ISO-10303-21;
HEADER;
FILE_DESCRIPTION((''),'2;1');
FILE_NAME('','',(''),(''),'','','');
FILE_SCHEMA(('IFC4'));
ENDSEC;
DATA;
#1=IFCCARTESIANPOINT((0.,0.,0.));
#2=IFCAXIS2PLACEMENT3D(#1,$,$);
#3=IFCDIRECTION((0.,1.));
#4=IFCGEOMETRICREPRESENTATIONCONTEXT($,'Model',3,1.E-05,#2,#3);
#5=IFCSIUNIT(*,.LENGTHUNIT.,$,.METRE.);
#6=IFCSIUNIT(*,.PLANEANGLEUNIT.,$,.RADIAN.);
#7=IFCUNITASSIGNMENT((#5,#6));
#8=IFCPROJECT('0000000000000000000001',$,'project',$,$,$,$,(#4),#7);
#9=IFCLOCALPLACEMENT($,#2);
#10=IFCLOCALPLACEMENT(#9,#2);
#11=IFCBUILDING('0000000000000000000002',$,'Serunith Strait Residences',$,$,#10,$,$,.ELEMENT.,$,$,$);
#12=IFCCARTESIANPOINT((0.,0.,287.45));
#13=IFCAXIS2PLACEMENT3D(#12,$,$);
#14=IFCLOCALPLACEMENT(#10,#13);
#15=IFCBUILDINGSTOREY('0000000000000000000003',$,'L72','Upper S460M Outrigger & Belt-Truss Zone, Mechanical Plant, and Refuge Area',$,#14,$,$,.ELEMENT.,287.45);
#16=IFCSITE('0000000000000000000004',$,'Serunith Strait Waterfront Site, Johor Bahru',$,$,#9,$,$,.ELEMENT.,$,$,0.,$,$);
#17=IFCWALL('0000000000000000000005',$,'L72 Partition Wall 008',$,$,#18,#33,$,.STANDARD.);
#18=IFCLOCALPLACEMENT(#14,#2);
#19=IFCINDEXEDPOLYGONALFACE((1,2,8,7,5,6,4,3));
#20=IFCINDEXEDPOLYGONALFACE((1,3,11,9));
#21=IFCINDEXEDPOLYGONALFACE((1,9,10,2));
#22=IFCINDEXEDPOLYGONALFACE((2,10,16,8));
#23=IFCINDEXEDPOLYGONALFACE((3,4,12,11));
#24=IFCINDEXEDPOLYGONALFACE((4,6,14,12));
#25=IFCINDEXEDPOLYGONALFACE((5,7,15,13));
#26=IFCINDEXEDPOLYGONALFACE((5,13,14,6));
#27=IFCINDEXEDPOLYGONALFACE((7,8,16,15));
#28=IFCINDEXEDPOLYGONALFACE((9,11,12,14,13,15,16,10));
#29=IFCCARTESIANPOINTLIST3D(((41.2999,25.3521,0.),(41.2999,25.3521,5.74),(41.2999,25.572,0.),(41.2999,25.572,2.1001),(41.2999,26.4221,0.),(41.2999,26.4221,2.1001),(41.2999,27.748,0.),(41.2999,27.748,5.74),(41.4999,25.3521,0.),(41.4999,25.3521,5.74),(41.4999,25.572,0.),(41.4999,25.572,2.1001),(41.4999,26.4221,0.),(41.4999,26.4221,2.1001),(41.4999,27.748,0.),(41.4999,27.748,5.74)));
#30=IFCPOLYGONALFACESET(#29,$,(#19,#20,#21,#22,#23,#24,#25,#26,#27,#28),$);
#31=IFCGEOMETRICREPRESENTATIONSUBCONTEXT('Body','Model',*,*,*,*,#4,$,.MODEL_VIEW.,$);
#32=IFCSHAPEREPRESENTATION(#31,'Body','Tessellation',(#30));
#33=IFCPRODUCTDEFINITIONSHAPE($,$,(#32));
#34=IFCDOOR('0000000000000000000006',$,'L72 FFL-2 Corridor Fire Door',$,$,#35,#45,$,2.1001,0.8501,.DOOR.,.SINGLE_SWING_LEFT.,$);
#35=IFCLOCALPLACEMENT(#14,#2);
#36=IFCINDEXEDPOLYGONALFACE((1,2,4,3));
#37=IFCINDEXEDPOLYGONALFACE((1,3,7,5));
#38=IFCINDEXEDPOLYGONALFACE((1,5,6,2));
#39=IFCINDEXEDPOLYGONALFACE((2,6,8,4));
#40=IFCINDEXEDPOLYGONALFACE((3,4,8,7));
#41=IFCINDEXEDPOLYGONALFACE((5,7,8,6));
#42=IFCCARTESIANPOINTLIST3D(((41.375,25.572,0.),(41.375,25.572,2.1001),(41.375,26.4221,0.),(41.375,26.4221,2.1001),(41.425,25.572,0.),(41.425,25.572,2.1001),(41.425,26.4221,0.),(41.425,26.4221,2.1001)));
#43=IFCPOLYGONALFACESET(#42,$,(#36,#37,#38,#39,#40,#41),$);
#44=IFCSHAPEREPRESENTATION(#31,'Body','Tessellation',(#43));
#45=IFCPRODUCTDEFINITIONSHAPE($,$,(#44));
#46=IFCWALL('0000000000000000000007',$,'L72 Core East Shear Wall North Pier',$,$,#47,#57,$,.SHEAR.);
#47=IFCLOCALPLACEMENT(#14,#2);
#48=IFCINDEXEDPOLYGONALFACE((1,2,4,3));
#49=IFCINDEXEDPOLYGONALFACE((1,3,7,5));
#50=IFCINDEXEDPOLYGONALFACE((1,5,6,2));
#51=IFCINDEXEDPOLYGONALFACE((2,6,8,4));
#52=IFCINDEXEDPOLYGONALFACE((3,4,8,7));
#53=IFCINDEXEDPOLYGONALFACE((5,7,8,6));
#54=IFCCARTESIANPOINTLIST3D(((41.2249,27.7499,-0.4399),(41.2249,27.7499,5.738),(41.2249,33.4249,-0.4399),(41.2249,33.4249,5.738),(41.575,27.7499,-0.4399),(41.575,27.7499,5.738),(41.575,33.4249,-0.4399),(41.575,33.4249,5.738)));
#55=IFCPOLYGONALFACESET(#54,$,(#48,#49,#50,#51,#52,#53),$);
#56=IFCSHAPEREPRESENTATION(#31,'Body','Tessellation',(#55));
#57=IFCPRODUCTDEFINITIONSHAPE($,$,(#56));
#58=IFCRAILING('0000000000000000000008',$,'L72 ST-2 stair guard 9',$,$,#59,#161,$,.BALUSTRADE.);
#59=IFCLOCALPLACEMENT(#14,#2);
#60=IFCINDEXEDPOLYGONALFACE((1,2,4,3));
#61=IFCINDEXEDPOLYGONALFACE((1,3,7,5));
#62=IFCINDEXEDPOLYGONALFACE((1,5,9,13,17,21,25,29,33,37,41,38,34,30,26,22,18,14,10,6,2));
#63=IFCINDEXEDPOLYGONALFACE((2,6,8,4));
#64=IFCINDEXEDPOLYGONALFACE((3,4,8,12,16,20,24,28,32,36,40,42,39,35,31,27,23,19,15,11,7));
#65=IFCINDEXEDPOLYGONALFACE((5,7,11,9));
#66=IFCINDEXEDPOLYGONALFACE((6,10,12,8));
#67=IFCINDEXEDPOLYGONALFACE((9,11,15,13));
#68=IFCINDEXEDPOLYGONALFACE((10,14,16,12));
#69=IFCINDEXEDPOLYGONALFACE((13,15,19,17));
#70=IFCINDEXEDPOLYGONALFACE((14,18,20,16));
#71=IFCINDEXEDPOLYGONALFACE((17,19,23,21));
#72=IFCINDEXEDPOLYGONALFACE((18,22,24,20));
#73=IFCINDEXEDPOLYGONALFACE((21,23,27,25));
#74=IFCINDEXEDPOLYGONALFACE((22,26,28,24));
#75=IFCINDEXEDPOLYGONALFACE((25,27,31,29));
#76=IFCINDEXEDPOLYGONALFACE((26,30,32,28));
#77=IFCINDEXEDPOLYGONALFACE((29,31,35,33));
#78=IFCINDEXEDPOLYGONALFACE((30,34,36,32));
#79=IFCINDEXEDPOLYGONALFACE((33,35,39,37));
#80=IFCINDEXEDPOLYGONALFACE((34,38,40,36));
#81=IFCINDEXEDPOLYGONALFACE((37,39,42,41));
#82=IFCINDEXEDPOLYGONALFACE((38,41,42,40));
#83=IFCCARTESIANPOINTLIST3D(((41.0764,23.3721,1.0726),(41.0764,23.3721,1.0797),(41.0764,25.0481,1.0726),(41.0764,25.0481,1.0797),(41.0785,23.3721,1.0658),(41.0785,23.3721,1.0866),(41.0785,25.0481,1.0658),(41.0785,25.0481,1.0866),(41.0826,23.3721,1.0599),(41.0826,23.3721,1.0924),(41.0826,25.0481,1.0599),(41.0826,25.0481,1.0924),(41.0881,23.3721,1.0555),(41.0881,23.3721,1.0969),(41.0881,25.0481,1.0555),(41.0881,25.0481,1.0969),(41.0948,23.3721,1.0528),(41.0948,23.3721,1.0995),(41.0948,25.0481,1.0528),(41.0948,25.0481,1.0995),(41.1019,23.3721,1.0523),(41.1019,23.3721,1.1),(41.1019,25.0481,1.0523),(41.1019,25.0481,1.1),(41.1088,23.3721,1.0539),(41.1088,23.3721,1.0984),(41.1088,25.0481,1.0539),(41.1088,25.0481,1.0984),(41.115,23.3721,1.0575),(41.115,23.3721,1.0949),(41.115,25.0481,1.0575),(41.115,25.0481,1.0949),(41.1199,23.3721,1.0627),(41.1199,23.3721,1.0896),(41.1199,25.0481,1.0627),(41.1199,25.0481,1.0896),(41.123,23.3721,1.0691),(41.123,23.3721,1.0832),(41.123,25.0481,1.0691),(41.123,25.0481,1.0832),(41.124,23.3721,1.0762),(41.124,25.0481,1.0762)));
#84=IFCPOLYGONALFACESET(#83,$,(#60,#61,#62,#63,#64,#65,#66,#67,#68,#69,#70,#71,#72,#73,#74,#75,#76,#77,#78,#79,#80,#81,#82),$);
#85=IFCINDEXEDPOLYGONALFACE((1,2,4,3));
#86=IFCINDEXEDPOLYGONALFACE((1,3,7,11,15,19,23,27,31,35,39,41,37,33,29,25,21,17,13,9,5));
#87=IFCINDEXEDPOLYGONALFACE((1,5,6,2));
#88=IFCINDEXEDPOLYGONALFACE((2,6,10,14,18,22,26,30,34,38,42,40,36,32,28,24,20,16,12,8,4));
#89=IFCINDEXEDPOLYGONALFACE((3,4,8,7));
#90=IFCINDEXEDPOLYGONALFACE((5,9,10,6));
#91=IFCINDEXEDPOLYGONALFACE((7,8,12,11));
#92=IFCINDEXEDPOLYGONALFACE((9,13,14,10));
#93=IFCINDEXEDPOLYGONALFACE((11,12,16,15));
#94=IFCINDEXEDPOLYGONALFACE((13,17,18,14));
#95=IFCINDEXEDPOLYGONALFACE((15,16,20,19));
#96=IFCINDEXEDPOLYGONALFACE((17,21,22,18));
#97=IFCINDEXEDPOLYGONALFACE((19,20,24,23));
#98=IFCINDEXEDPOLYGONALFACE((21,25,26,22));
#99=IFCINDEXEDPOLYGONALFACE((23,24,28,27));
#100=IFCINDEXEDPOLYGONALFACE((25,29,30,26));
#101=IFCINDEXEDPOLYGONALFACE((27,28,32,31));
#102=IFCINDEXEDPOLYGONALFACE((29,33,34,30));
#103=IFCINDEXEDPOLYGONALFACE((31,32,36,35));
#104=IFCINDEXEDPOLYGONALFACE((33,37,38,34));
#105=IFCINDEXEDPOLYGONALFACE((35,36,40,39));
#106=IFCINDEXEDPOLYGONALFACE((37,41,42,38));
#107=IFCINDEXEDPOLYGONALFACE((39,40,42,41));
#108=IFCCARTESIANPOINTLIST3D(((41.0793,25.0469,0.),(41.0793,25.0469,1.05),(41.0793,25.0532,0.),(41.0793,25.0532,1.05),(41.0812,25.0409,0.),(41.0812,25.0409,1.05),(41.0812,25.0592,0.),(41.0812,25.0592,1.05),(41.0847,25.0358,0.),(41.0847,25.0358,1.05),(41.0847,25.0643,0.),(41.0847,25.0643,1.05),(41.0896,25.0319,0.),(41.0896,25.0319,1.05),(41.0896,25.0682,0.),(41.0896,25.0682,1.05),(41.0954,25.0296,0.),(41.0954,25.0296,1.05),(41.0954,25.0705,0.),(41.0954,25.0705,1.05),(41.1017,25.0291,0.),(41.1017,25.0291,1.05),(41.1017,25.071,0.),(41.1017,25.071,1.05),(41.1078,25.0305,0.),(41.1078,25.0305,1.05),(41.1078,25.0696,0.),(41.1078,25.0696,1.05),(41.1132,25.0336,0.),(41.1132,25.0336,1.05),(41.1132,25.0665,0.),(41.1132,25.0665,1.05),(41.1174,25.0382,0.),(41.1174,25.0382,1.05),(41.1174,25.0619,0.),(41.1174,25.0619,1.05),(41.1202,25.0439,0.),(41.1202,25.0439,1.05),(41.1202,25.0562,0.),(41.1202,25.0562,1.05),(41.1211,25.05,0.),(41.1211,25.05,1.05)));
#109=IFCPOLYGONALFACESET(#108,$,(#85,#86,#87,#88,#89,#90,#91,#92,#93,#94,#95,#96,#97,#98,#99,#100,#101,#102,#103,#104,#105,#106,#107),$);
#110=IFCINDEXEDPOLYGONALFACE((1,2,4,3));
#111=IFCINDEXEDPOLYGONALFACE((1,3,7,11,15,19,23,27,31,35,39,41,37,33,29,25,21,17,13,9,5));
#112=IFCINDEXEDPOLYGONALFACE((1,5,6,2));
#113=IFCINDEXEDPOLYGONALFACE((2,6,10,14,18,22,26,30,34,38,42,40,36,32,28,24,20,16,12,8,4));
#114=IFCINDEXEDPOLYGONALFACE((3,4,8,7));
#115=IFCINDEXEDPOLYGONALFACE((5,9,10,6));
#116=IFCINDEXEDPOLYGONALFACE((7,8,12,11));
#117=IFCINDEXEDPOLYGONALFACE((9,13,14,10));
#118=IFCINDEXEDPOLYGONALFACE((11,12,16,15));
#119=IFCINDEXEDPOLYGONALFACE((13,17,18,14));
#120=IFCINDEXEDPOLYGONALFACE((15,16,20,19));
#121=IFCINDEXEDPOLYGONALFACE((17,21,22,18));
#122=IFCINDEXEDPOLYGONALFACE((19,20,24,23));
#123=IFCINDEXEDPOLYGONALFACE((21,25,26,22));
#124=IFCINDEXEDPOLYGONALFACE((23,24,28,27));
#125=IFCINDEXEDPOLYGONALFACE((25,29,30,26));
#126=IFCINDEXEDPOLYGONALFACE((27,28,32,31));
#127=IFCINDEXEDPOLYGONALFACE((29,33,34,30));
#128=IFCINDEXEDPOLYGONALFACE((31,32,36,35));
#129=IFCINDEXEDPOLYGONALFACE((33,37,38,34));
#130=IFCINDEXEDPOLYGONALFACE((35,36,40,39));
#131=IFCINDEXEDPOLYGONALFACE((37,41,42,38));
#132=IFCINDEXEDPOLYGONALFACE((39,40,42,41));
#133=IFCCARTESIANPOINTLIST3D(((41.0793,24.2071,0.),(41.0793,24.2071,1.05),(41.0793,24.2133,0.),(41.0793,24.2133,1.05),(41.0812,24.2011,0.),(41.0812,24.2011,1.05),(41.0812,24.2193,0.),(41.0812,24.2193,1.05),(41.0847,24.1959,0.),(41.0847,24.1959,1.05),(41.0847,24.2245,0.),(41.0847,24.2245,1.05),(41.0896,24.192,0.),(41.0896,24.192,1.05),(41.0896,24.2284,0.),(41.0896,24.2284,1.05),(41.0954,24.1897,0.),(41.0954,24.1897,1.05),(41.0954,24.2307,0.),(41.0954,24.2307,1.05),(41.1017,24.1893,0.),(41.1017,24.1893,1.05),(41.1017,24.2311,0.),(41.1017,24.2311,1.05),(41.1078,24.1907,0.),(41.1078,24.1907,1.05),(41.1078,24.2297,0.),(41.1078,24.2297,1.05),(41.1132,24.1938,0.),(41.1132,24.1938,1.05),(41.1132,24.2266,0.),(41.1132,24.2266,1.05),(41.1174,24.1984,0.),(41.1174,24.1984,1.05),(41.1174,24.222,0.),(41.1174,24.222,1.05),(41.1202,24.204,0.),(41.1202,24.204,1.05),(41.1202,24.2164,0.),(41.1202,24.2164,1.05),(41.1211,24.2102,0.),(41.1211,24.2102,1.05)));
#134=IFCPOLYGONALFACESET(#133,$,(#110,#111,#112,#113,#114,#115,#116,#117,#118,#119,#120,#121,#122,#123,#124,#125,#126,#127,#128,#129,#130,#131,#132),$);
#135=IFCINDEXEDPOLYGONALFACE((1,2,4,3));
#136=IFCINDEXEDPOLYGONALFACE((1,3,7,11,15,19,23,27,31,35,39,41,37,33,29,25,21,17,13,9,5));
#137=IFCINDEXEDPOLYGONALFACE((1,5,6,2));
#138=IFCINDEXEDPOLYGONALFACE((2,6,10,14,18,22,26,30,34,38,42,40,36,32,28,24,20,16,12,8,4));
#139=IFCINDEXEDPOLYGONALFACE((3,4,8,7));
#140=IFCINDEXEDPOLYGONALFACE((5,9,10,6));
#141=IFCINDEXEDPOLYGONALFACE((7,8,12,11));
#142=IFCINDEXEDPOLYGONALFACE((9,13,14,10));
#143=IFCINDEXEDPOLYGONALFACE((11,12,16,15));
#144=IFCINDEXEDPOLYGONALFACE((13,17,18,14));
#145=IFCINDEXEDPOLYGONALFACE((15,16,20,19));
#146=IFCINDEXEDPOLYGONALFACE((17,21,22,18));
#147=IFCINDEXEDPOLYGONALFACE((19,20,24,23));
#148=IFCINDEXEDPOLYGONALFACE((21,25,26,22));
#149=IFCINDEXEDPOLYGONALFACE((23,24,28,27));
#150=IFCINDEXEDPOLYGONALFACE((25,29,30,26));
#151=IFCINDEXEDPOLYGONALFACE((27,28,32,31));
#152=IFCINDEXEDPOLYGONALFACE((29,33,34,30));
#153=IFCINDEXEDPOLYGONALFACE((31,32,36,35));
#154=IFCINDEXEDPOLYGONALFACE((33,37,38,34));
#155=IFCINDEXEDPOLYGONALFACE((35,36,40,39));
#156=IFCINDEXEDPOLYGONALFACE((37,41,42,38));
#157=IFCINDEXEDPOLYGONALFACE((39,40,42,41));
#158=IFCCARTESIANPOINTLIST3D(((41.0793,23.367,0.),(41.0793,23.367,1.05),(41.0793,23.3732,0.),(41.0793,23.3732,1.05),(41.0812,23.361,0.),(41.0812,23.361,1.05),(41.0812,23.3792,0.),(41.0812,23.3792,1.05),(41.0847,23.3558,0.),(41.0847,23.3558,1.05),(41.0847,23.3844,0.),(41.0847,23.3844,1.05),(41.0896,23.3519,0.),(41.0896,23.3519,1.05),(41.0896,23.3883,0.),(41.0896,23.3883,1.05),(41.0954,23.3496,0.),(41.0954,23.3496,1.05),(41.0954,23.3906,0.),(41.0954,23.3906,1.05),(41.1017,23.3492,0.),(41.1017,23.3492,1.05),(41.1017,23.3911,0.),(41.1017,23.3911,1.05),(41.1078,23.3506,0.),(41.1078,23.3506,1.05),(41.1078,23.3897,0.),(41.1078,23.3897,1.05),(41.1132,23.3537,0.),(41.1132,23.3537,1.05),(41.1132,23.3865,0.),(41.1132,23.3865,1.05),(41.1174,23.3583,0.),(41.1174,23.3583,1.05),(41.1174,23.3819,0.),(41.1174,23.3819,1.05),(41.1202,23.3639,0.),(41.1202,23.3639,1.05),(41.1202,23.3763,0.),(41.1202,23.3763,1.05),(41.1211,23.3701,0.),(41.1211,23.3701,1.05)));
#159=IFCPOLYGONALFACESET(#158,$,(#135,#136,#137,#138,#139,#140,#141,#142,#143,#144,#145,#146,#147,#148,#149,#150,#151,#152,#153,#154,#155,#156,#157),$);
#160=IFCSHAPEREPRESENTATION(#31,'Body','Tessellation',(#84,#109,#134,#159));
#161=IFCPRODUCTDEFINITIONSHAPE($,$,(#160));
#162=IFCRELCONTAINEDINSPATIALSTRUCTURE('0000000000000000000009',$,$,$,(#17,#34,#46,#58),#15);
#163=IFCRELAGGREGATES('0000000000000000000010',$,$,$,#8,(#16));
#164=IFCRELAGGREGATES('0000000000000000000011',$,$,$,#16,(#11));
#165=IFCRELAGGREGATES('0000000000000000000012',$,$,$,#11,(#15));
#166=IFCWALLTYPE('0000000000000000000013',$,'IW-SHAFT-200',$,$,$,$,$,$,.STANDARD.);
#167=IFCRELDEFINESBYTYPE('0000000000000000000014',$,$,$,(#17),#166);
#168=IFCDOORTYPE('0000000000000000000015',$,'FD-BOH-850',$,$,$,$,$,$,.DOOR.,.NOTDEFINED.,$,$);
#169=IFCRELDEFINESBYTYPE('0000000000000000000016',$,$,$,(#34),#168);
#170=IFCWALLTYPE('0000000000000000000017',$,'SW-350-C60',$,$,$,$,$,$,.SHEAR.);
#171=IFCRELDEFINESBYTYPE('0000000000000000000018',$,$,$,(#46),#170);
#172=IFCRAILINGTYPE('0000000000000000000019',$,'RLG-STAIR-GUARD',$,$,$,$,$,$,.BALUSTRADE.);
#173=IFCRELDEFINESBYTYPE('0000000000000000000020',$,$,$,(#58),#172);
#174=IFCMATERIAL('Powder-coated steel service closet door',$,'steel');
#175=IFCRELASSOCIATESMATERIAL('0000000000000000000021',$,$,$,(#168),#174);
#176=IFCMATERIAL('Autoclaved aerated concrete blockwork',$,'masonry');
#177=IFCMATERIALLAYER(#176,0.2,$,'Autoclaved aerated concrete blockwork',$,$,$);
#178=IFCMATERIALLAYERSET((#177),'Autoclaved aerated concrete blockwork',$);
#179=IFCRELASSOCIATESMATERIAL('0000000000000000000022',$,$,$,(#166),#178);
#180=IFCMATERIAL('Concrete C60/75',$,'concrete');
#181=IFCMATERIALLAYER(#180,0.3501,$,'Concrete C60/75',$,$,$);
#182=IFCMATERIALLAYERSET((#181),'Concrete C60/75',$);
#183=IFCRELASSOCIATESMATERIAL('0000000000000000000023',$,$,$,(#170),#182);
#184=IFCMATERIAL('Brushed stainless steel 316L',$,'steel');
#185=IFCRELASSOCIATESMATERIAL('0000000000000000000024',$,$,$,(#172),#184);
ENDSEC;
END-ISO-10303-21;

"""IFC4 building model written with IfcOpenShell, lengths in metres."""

from ifc_helpers import new_model, si_unit, direction, frame, frame_2d, origin, origin_2d, place, context, subcontext, project, spatial, rectangle, circle, extrude, source, transform, mapped, material, layer, layer_set, type_object, element, fill, save


model = new_model("IFC4")

# Units and contexts
model_context = context("Model", 3, precision=1e-05, world=origin(), true_north=direction((0.0, 1.0)))
body_context = subcontext(model_context, "Body", "Model", "MODEL_VIEW")
ifc_project = project(units=[si_unit("LENGTHUNIT", "METRE"), si_unit("PLANEANGLEUNIT", "RADIAN")], contexts=[model_context])

# Site, building, storey
site_placement = place(None, origin())
site = spatial("IfcSite", under=ifc_project, at=site_placement, Name="Serunith Strait Waterfront Site, Johor Bahru", CompositionType="ELEMENT", RefElevation=0.0)
building_placement = place(site_placement, origin())
building = spatial("IfcBuilding", under=site, at=building_placement, Name="Serunith Strait Residences", CompositionType="ELEMENT")
storey_placement = place(building_placement, frame((0.0, 0.0, 287.45)))
storey = spatial("IfcBuildingStorey", under=building, at=storey_placement, Name="L72", Description="Upper S460M Outrigger & Belt-Truss Zone, Mechanical Plant, and Refuge Area", CompositionType="ELEMENT", Elevation=287.45)

# Shared definitions
ifc_material_1 = material(Name="Powder-coated steel service closet door", Category="steel")
door_type_1 = type_object("IfcDoorType", Name="FD-BOH-850", OperationType="NOTDEFINED", PredefinedType="DOOR", material=ifc_material_1)
shared_shape_1 = source(origin(), body_context, "Body", "SweptSolid", [
    extrude(rectangle(XDim=0.8501, YDim=2.1001, at=frame_2d((0.425, 1.05))), frame((0.0, 0.0249, 0.0), z_axis=(0.0, -1.0, 0.0), x_axis=(1.0, 0.0, 0.0)), (0.0, 0.0, 1.0), 0.05),
])

# Shared definitions
ifc_material_2 = material(Name="Autoclaved aerated concrete blockwork", Category="masonry")
ifc_layer_1 = layer(ifc_material_2, 0.2, Name="Autoclaved aerated concrete blockwork")
ifc_layer_set_1 = layer_set([ifc_layer_1], Name="Autoclaved aerated concrete blockwork")
wall_type_1 = type_object("IfcWallType", Name="IW-SHAFT-200", PredefinedType="STANDARD", material=ifc_layer_set_1)

# Wall, opening, door
wall_1_placement = place(storey_placement, frame((41.3999, 25.3521, 0.0), z_axis=(0.0, 0.0, 1.0), x_axis=(0.0, 1.0, 0.0)))
wall_1 = element("IfcWall", 1, at=wall_1_placement, inside=storey, type_object=wall_type_1, Name="L72 Partition Wall 008", PredefinedType="STANDARD", context=body_context, shape_type="SweptSolid", body=[
    extrude(rectangle(XDim=2.396, YDim=0.2, at=frame_2d((1.198, 0.0))), origin(), (0.0, 0.0, 1.0), 5.74),
])
opening_1_placement = place(wall_1_placement, frame((0.22, 0.0, 0.0)))
opening_1 = element("IfcOpeningElement", 2, at=opening_1_placement, cuts=wall_1, PredefinedType="OPENING", context=body_context, shape_type="SweptSolid", body=[
    extrude(rectangle(XDim=0.8501, YDim=2.1001, at=frame_2d((0.425, 1.05))), frame((0.0, 0.1099, 0.0), z_axis=(0.0, -1.0, 0.0), x_axis=(1.0, 0.0, 0.0)), (0.0, 0.0, 1.0), 0.22),
])
door_1_placement = place(opening_1_placement, origin())
door_1 = element("IfcDoor", 3, at=door_1_placement, inside=storey, type_object=door_type_1, Name="L72 FFL-2 Corridor Fire Door", OperationType="SINGLE_SWING_LEFT", OverallHeight=2.1001, OverallWidth=0.8501, PredefinedType="DOOR", context=body_context, shape_type="MappedRepresentation", body=[
    mapped(shared_shape_1, transform((0.0, 0.0, 0.0), scale=1.0)),
])
fill(opening_1, door_1)

# Wall
ifc_material_3 = material(Name="Concrete C60/75", Category="concrete")
ifc_layer_2 = layer(ifc_material_3, 0.3501, Name="Concrete C60/75")
ifc_layer_set_2 = layer_set([ifc_layer_2], Name="Concrete C60/75")
wall_type_2 = type_object("IfcWallType", Name="SW-350-C60", PredefinedType="SHEAR", material=ifc_layer_set_2)
wall_2_placement = place(storey_placement, frame((41.3999, 27.75, -0.4399), z_axis=(0.0, 0.0, 1.0), x_axis=(0.0, 1.0, 0.0)))
element("IfcWall", 4, at=wall_2_placement, inside=storey, type_object=wall_type_2, Name="L72 Core East Shear Wall North Pier", PredefinedType="SHEAR", context=body_context, shape_type="SweptSolid", body=[
    extrude(rectangle(XDim=5.675, YDim=0.3501, at=frame_2d((2.8374, 0.0))), origin(), (0.0, 0.0, 1.0), 6.178),
])

# Railing
ifc_material_4 = material(Name="Brushed stainless steel 316L", Category="steel")
railing_type = type_object("IfcRailingType", Name="RLG-STAIR-GUARD", PredefinedType="BALUSTRADE", material=ifc_material_4)
railing_placement = place(storey_placement, frame((41.1001, 25.05, 0.0)))
element("IfcRailing", 5, at=railing_placement, inside=storey, type_object=railing_type, Name="L72 ST-2 stair guard 9", PredefinedType="BALUSTRADE", context=body_context, shape_type="SweptSolid", body=[
    extrude(circle(Radius=0.0239, at=origin_2d()), frame((0.0, -0.002, 1.0762), z_axis=(0.0, -1.0, 0.0), x_axis=(1.0, 0.0, 0.0)), (0.0, 0.0, 1.0), 1.676),
    extrude(circle(Radius=0.021, at=origin_2d()), origin(), (0.0, 0.0, 1.0), 1.05),
    extrude(circle(Radius=0.021, at=origin_2d()), frame((0.0, -0.8398, 0.0)), (0.0, 0.0, 1.0), 1.05),
    extrude(circle(Radius=0.021, at=origin_2d()), frame((0.0, -1.6799, 0.0)), (0.0, 0.0, 1.0), 1.05),
])

save(model, "model.ifc")
